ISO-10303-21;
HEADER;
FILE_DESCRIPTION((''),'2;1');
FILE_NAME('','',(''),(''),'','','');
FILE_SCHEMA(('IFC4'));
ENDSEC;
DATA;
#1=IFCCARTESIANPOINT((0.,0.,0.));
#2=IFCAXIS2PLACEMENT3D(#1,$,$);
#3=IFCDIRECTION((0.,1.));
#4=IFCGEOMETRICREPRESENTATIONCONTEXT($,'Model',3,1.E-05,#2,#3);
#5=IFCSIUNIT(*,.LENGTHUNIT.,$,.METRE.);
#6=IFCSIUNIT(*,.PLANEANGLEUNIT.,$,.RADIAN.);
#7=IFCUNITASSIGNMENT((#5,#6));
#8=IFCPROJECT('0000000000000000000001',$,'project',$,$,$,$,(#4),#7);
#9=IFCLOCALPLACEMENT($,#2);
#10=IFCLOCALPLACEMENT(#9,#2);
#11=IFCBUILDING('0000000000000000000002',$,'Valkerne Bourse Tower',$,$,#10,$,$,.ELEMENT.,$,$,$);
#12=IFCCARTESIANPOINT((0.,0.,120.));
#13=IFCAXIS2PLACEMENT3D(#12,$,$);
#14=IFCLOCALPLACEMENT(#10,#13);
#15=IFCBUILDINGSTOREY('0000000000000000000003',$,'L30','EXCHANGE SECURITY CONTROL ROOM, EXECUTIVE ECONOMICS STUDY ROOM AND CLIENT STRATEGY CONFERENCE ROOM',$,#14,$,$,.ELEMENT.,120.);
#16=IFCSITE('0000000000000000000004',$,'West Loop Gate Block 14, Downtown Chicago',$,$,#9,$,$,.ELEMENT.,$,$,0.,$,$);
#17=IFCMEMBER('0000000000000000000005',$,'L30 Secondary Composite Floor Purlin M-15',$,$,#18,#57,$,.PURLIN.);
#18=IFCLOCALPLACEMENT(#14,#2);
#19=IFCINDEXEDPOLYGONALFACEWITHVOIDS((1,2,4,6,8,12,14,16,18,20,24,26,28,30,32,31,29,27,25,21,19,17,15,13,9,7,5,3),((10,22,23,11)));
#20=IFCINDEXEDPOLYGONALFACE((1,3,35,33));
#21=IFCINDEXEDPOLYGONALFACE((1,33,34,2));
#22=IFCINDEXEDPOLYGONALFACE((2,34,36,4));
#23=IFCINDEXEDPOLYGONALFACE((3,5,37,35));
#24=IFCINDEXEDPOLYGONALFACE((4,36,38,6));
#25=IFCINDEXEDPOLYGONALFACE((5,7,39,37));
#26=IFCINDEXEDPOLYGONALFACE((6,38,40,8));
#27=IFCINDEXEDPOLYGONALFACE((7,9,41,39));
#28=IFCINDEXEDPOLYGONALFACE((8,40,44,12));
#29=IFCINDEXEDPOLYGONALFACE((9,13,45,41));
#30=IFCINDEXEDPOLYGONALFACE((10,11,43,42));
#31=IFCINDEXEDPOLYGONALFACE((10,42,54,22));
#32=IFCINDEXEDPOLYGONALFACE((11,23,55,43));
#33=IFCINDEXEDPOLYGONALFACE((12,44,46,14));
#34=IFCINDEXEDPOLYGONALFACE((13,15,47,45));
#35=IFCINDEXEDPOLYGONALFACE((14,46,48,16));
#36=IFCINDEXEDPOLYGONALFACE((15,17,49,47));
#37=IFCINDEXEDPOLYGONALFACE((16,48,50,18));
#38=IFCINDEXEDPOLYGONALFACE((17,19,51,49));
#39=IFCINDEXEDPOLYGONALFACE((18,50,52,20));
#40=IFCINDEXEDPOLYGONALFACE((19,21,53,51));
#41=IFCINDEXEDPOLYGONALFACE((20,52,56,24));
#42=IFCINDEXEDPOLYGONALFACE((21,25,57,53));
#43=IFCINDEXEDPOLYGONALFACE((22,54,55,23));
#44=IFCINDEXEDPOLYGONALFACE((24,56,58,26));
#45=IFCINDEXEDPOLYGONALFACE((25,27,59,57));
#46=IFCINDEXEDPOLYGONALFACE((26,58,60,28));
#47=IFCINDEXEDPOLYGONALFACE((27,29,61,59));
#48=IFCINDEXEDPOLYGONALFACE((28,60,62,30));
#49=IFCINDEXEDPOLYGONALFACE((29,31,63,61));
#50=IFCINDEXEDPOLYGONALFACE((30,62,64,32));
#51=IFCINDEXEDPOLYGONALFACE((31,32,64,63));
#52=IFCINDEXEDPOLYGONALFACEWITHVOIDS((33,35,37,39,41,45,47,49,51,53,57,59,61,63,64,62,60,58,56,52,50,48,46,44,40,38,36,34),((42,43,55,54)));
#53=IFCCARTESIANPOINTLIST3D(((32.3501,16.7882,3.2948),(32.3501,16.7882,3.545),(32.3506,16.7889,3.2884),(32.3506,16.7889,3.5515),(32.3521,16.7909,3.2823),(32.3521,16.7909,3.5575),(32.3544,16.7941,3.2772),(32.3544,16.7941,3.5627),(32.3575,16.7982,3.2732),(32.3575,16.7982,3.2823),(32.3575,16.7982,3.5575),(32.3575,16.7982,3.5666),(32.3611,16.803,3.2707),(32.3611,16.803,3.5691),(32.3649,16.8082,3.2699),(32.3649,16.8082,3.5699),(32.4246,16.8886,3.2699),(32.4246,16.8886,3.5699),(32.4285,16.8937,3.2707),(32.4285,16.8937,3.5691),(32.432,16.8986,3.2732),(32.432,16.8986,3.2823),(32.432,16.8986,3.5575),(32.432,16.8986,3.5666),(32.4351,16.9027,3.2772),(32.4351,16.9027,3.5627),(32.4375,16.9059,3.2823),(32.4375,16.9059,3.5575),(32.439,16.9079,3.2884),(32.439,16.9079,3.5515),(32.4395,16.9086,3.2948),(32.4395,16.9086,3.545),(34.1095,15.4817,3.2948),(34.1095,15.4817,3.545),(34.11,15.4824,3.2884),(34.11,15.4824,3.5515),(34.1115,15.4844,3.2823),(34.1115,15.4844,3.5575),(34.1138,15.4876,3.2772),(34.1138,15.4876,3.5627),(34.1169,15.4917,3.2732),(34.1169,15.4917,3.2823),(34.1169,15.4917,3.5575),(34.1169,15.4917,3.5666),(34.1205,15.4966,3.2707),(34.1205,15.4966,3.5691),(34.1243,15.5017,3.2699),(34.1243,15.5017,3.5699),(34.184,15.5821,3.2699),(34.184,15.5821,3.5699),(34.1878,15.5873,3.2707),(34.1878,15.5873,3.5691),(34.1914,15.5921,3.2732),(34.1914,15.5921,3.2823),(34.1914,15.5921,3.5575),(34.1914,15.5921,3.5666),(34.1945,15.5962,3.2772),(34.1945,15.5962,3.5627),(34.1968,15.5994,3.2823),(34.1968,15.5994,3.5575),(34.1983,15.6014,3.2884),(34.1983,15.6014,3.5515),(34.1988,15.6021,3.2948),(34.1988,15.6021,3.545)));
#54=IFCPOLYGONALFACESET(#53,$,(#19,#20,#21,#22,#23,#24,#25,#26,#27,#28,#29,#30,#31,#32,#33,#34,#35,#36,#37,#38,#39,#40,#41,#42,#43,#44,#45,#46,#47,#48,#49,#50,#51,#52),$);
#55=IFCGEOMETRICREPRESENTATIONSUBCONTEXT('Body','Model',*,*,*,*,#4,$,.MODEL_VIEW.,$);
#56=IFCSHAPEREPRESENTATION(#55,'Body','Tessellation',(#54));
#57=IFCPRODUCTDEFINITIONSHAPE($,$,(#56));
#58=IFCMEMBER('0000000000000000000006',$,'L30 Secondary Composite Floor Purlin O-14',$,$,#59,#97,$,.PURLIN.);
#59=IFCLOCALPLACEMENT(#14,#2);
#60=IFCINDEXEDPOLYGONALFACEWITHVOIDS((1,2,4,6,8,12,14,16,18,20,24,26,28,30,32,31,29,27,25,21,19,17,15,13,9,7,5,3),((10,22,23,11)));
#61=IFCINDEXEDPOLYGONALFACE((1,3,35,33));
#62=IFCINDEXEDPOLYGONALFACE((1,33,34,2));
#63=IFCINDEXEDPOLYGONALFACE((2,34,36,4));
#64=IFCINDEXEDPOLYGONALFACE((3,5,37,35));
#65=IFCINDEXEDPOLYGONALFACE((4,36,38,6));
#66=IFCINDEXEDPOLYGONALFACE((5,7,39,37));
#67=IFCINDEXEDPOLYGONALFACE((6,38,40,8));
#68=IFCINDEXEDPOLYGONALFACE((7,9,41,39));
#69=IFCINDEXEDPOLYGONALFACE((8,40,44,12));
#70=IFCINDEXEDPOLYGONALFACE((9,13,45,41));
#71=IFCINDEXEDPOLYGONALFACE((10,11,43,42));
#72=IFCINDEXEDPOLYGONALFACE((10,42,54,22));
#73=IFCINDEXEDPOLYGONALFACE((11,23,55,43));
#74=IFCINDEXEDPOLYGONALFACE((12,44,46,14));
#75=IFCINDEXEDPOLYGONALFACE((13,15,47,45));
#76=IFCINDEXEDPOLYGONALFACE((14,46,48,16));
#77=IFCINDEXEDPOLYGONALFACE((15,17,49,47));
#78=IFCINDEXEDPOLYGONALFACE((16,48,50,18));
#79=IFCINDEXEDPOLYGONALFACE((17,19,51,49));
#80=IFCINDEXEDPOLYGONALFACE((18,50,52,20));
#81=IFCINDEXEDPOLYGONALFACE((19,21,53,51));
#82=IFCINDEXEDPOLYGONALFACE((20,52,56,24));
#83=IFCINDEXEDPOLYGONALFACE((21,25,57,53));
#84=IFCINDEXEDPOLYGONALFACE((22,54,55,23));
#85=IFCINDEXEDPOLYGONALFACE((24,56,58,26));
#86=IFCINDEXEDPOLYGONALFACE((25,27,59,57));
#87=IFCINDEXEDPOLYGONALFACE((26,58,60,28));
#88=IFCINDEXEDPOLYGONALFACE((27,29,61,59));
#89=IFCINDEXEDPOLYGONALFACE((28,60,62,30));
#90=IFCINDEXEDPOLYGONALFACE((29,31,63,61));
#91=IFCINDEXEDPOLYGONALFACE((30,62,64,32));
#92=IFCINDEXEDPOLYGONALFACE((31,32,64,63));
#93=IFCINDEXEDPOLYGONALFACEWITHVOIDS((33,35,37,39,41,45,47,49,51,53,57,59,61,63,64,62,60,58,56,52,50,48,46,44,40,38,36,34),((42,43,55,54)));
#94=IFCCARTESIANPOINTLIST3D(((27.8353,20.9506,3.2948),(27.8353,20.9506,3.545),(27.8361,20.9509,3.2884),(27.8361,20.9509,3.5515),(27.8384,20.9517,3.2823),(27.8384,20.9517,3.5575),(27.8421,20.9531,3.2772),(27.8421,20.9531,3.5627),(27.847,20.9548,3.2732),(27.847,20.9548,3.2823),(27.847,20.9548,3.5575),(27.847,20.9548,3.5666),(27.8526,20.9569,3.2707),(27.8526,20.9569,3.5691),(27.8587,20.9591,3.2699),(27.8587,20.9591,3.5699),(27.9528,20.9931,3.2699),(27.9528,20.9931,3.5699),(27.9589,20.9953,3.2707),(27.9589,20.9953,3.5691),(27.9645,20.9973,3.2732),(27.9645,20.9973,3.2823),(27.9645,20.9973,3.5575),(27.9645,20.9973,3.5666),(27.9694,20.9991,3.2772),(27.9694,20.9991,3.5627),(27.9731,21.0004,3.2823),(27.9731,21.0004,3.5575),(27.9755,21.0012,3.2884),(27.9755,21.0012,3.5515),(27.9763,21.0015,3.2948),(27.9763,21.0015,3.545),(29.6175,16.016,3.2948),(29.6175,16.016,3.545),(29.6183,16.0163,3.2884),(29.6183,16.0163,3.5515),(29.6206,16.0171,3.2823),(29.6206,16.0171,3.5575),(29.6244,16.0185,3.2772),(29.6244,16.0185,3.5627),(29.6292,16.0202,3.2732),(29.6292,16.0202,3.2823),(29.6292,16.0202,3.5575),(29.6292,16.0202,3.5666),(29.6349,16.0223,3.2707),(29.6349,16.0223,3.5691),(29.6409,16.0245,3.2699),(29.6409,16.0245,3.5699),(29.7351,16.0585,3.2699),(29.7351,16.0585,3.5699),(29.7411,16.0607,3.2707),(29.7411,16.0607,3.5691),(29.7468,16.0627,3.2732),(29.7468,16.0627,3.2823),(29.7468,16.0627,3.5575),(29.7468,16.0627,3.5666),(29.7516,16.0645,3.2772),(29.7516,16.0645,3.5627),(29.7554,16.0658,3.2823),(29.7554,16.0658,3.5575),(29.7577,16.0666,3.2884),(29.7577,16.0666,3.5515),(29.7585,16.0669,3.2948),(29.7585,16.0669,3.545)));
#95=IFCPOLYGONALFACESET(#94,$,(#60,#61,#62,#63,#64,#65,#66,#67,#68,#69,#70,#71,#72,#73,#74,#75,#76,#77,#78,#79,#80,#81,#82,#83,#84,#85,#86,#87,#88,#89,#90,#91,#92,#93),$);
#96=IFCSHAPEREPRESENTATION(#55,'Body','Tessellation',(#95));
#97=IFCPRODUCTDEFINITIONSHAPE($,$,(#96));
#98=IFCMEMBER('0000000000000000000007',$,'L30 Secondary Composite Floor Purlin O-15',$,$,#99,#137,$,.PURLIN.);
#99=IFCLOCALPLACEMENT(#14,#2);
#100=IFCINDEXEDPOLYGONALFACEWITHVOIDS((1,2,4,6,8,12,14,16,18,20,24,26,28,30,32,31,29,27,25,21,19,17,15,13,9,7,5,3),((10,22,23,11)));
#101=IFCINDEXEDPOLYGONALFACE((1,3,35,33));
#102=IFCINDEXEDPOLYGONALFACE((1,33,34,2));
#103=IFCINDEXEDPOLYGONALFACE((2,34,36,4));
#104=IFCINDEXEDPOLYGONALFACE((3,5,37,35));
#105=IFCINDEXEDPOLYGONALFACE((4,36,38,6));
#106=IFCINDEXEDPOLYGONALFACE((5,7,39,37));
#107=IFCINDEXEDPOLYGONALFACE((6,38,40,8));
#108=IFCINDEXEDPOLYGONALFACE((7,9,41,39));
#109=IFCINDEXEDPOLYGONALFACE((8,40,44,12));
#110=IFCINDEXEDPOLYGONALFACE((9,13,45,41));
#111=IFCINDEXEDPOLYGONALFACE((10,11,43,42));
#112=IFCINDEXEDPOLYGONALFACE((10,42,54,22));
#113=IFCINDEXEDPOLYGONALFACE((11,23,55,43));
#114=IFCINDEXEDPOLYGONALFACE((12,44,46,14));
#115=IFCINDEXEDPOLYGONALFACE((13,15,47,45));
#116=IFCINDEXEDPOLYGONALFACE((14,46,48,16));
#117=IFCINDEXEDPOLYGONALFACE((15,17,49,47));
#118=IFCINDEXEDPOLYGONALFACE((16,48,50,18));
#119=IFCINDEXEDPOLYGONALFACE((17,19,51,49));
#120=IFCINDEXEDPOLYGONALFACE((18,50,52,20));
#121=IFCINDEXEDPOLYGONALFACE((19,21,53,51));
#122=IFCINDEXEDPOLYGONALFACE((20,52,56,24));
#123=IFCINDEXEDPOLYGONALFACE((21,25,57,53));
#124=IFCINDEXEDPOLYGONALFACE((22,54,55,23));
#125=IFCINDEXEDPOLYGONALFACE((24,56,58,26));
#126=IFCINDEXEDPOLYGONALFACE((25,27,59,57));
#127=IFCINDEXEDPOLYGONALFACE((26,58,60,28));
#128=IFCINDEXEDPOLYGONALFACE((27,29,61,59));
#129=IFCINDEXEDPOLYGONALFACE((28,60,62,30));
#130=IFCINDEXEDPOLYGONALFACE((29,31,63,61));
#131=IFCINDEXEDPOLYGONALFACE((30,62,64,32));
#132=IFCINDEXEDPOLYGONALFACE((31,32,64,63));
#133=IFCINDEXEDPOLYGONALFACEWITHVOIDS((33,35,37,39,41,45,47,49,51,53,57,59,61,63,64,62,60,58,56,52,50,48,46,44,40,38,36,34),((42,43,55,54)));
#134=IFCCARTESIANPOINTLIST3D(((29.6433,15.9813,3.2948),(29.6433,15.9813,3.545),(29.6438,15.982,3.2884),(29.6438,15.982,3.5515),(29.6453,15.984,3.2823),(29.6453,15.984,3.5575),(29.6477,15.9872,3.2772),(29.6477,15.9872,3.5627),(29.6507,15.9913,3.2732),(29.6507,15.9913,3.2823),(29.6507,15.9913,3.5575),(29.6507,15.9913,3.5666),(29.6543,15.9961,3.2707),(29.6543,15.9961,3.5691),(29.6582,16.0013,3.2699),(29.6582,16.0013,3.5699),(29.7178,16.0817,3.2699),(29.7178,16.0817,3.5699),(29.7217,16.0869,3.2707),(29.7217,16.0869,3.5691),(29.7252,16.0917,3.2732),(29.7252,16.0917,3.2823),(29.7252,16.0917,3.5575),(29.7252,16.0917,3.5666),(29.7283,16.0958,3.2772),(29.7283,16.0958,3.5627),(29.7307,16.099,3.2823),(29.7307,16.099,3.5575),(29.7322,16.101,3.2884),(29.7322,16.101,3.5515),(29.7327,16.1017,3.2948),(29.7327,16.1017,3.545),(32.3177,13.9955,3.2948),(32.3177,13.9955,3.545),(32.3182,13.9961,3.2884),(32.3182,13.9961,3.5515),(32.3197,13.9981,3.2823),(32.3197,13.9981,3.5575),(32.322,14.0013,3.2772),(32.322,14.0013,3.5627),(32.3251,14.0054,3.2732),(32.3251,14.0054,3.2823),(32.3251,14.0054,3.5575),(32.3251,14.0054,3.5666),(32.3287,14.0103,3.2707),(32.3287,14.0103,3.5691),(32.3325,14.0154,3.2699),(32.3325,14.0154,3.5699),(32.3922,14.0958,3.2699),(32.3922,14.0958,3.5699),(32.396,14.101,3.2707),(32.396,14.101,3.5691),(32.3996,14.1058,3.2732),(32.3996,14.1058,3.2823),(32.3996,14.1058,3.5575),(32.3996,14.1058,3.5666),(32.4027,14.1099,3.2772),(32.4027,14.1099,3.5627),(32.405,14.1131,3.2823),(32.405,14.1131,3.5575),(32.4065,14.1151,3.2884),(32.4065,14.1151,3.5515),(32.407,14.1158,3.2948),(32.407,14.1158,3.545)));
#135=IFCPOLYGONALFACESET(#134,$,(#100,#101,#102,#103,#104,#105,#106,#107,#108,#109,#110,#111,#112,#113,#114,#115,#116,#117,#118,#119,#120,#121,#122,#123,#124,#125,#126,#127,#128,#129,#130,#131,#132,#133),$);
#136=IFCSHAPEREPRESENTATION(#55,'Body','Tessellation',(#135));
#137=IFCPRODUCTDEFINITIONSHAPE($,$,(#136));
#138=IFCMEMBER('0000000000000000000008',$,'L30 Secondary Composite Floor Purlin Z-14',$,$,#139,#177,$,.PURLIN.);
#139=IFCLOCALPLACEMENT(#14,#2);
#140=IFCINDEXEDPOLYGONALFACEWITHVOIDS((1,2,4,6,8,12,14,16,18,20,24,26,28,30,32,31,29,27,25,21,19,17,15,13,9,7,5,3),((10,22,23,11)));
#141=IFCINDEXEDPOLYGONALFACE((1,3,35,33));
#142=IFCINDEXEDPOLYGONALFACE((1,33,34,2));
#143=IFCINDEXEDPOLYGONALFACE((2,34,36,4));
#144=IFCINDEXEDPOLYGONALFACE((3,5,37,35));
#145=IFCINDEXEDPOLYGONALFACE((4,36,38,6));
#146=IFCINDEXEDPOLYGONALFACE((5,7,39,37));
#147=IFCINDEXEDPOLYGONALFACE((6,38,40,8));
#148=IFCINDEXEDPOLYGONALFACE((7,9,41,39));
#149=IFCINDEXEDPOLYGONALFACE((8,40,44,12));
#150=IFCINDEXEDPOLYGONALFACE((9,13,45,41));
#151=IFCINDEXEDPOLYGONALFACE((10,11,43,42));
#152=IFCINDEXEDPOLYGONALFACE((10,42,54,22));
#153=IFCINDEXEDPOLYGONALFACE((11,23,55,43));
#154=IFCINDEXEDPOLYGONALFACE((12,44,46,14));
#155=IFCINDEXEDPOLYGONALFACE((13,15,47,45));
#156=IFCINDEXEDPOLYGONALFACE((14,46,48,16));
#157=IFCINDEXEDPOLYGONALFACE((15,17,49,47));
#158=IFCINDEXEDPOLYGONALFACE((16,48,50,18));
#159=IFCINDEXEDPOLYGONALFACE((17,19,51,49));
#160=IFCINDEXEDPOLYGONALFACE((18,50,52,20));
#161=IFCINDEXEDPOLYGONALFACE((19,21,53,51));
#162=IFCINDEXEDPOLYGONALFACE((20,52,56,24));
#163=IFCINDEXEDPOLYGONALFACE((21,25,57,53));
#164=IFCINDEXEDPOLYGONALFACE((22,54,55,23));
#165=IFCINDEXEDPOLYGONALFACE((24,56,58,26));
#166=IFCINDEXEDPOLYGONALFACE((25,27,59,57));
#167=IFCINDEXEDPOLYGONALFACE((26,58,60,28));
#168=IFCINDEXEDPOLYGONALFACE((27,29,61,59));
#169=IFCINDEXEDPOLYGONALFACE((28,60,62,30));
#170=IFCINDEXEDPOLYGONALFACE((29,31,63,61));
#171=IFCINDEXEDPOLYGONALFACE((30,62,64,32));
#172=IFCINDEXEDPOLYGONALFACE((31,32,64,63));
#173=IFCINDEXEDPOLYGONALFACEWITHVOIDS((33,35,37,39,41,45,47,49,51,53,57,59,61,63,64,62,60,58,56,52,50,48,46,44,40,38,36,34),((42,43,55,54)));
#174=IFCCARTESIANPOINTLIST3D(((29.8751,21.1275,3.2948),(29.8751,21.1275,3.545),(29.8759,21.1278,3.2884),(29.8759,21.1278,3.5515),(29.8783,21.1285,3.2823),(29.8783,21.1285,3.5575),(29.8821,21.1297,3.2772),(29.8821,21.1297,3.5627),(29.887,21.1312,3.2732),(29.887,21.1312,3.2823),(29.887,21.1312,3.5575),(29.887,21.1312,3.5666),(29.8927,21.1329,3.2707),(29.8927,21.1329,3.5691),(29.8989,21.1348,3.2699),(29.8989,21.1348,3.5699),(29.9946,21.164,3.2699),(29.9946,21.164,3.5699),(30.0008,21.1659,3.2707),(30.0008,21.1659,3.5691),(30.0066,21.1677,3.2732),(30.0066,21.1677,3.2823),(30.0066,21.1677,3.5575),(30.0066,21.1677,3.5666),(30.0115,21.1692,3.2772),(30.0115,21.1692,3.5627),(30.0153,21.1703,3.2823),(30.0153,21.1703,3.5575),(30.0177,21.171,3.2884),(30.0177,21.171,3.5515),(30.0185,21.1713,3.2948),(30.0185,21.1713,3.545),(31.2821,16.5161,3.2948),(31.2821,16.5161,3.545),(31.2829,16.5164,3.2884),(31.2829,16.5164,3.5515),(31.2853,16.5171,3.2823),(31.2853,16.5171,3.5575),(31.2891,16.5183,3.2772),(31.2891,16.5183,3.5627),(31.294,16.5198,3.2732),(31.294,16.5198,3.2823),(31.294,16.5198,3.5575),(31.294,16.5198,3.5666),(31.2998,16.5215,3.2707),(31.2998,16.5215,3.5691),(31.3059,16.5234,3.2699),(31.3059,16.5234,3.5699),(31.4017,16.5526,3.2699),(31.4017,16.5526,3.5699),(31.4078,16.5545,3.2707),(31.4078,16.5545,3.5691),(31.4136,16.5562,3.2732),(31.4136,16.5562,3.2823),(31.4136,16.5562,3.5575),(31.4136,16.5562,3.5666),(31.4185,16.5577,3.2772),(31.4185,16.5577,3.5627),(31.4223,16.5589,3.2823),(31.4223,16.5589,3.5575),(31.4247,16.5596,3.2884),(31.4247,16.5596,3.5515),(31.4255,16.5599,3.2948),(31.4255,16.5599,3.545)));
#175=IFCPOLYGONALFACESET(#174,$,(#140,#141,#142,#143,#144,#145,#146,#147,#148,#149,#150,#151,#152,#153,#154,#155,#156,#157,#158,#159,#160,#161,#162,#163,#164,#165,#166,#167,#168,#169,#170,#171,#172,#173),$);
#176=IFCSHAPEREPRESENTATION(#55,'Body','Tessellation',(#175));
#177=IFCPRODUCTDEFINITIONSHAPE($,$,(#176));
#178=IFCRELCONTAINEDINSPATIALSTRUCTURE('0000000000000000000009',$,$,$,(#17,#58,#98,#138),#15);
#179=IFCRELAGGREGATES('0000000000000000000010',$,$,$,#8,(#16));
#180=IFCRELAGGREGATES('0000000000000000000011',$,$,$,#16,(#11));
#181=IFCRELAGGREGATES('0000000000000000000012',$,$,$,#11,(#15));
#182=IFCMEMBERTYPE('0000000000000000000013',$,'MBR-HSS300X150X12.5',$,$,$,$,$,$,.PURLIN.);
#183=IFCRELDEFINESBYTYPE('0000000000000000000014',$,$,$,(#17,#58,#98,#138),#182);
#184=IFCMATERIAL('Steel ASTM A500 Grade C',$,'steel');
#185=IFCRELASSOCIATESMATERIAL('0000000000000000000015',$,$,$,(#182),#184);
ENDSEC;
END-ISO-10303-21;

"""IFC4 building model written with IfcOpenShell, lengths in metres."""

from ifc_helpers import new_model, si_unit, direction, frame, origin, origin_2d, place, context, subcontext, project, spatial, hollow_rectangle, extrude, material, material_profile, profile_set, type_object, element, save


model = new_model("IFC4")

# Units and contexts
model_context = context("Model", 3, precision=1e-05, world=origin(), true_north=direction((0.0, 1.0)))
body_context = subcontext(model_context, "Body", "Model", "MODEL_VIEW")
ifc_project = project(units=[si_unit("LENGTHUNIT", "METRE"), si_unit("PLANEANGLEUNIT", "RADIAN")], contexts=[model_context])

# Site, building, storey
site_placement = place(None, origin())
site = spatial("IfcSite", under=ifc_project, at=site_placement, Name="West Loop Gate Block 14, Downtown Chicago", CompositionType="ELEMENT", RefElevation=0.0)
building_placement = place(site_placement, origin())
building = spatial("IfcBuilding", under=site, at=building_placement, Name="Valkerne Bourse Tower", CompositionType="ELEMENT")
storey_placement = place(building_placement, frame((0.0, 0.0, 120.0)))
storey = spatial("IfcBuildingStorey", under=building, at=storey_placement, Name="L30", Description="EXCHANGE SECURITY CONTROL ROOM, EXECUTIVE ECONOMICS STUDY ROOM AND CLIENT STRATEGY CONFERENCE ROOM", CompositionType="ELEMENT", Elevation=120.0)

# Members
ifc_material_1 = material(Name="Steel ASTM A500 Grade C", Category="steel")
ifc_material_profile_1 = material_profile(ifc_material_1, hollow_rectangle(XDim=0.1499, YDim=0.3, WallThickness=0.0125, OuterFilletRadius=0.0249, at=origin_2d()), Name="HSS300X150X12.5")
ifc_profile_set_1 = profile_set([ifc_material_profile_1], Name="Steel ASTM A500 Grade C")
member_type_1 = type_object("IfcMemberType", Name="MBR-HSS300X150X12.5", PredefinedType="PURLIN", material=ifc_profile_set_1)
member_1_placement = place(storey_placement, frame((32.3948, 16.8484, 3.4199), z_axis=(0.802852, -0.596178, 0.0), x_axis=(0.596178, 0.802852, 0.0)))
element("IfcMember", 1, at=member_1_placement, inside=storey, type_object=member_type_1, Name="L30 Secondary Composite Floor Purlin M-15", PredefinedType="PURLIN", context=body_context, shape_type="SweptSolid", body=[
    extrude(hollow_rectangle(XDim=0.1499, YDim=0.3, WallThickness=0.0125, OuterFilletRadius=0.0249, at=origin_2d()), origin(), (0.0, 0.0, 1.0), 2.1914),
])
member_2_placement = place(storey_placement, frame((27.9058, 20.9761, 3.4199), z_axis=(0.339695, -0.940536, 0.0), x_axis=(0.940536, 0.339695, 0.0)))
element("IfcMember", 2, at=member_2_placement, inside=storey, type_object=member_type_1, Name="L30 Secondary Composite Floor Purlin O-14", PredefinedType="PURLIN", context=body_context, shape_type="SweptSolid", body=[
    extrude(hollow_rectangle(XDim=0.1499, YDim=0.3, WallThickness=0.0125, OuterFilletRadius=0.0249, at=origin_2d()), origin(), (0.0, 0.0, 1.0), 5.2466),
])
member_3_placement = place(storey_placement, frame((29.688, 16.0415, 3.4199), z_axis=(0.802858, -0.59617, 0.0), x_axis=(0.59617, 0.802858, 0.0)))
element("IfcMember", 3, at=member_3_placement, inside=storey, type_object=member_type_1, Name="L30 Secondary Composite Floor Purlin O-15", PredefinedType="PURLIN", context=body_context, shape_type="SweptSolid", body=[
    extrude(hollow_rectangle(XDim=0.1499, YDim=0.3, WallThickness=0.0125, OuterFilletRadius=0.0249, at=origin_2d()), origin(), (0.0, 0.0, 1.0), 3.3311),
])
member_4_placement = place(storey_placement, frame((29.9468, 21.1494, 3.4199), z_axis=(0.291833, -0.956469, 0.0), x_axis=(0.956469, 0.291833, 0.0)))
element("IfcMember", 4, at=member_4_placement, inside=storey, type_object=member_type_1, Name="L30 Secondary Composite Floor Purlin Z-14", PredefinedType="PURLIN", context=body_context, shape_type="SweptSolid", body=[
    extrude(hollow_rectangle(XDim=0.1499, YDim=0.3, WallThickness=0.0125, OuterFilletRadius=0.0249, at=origin_2d()), origin(), (0.0, 0.0, 1.0), 4.8213),
])

save(model, "model.ifc")
